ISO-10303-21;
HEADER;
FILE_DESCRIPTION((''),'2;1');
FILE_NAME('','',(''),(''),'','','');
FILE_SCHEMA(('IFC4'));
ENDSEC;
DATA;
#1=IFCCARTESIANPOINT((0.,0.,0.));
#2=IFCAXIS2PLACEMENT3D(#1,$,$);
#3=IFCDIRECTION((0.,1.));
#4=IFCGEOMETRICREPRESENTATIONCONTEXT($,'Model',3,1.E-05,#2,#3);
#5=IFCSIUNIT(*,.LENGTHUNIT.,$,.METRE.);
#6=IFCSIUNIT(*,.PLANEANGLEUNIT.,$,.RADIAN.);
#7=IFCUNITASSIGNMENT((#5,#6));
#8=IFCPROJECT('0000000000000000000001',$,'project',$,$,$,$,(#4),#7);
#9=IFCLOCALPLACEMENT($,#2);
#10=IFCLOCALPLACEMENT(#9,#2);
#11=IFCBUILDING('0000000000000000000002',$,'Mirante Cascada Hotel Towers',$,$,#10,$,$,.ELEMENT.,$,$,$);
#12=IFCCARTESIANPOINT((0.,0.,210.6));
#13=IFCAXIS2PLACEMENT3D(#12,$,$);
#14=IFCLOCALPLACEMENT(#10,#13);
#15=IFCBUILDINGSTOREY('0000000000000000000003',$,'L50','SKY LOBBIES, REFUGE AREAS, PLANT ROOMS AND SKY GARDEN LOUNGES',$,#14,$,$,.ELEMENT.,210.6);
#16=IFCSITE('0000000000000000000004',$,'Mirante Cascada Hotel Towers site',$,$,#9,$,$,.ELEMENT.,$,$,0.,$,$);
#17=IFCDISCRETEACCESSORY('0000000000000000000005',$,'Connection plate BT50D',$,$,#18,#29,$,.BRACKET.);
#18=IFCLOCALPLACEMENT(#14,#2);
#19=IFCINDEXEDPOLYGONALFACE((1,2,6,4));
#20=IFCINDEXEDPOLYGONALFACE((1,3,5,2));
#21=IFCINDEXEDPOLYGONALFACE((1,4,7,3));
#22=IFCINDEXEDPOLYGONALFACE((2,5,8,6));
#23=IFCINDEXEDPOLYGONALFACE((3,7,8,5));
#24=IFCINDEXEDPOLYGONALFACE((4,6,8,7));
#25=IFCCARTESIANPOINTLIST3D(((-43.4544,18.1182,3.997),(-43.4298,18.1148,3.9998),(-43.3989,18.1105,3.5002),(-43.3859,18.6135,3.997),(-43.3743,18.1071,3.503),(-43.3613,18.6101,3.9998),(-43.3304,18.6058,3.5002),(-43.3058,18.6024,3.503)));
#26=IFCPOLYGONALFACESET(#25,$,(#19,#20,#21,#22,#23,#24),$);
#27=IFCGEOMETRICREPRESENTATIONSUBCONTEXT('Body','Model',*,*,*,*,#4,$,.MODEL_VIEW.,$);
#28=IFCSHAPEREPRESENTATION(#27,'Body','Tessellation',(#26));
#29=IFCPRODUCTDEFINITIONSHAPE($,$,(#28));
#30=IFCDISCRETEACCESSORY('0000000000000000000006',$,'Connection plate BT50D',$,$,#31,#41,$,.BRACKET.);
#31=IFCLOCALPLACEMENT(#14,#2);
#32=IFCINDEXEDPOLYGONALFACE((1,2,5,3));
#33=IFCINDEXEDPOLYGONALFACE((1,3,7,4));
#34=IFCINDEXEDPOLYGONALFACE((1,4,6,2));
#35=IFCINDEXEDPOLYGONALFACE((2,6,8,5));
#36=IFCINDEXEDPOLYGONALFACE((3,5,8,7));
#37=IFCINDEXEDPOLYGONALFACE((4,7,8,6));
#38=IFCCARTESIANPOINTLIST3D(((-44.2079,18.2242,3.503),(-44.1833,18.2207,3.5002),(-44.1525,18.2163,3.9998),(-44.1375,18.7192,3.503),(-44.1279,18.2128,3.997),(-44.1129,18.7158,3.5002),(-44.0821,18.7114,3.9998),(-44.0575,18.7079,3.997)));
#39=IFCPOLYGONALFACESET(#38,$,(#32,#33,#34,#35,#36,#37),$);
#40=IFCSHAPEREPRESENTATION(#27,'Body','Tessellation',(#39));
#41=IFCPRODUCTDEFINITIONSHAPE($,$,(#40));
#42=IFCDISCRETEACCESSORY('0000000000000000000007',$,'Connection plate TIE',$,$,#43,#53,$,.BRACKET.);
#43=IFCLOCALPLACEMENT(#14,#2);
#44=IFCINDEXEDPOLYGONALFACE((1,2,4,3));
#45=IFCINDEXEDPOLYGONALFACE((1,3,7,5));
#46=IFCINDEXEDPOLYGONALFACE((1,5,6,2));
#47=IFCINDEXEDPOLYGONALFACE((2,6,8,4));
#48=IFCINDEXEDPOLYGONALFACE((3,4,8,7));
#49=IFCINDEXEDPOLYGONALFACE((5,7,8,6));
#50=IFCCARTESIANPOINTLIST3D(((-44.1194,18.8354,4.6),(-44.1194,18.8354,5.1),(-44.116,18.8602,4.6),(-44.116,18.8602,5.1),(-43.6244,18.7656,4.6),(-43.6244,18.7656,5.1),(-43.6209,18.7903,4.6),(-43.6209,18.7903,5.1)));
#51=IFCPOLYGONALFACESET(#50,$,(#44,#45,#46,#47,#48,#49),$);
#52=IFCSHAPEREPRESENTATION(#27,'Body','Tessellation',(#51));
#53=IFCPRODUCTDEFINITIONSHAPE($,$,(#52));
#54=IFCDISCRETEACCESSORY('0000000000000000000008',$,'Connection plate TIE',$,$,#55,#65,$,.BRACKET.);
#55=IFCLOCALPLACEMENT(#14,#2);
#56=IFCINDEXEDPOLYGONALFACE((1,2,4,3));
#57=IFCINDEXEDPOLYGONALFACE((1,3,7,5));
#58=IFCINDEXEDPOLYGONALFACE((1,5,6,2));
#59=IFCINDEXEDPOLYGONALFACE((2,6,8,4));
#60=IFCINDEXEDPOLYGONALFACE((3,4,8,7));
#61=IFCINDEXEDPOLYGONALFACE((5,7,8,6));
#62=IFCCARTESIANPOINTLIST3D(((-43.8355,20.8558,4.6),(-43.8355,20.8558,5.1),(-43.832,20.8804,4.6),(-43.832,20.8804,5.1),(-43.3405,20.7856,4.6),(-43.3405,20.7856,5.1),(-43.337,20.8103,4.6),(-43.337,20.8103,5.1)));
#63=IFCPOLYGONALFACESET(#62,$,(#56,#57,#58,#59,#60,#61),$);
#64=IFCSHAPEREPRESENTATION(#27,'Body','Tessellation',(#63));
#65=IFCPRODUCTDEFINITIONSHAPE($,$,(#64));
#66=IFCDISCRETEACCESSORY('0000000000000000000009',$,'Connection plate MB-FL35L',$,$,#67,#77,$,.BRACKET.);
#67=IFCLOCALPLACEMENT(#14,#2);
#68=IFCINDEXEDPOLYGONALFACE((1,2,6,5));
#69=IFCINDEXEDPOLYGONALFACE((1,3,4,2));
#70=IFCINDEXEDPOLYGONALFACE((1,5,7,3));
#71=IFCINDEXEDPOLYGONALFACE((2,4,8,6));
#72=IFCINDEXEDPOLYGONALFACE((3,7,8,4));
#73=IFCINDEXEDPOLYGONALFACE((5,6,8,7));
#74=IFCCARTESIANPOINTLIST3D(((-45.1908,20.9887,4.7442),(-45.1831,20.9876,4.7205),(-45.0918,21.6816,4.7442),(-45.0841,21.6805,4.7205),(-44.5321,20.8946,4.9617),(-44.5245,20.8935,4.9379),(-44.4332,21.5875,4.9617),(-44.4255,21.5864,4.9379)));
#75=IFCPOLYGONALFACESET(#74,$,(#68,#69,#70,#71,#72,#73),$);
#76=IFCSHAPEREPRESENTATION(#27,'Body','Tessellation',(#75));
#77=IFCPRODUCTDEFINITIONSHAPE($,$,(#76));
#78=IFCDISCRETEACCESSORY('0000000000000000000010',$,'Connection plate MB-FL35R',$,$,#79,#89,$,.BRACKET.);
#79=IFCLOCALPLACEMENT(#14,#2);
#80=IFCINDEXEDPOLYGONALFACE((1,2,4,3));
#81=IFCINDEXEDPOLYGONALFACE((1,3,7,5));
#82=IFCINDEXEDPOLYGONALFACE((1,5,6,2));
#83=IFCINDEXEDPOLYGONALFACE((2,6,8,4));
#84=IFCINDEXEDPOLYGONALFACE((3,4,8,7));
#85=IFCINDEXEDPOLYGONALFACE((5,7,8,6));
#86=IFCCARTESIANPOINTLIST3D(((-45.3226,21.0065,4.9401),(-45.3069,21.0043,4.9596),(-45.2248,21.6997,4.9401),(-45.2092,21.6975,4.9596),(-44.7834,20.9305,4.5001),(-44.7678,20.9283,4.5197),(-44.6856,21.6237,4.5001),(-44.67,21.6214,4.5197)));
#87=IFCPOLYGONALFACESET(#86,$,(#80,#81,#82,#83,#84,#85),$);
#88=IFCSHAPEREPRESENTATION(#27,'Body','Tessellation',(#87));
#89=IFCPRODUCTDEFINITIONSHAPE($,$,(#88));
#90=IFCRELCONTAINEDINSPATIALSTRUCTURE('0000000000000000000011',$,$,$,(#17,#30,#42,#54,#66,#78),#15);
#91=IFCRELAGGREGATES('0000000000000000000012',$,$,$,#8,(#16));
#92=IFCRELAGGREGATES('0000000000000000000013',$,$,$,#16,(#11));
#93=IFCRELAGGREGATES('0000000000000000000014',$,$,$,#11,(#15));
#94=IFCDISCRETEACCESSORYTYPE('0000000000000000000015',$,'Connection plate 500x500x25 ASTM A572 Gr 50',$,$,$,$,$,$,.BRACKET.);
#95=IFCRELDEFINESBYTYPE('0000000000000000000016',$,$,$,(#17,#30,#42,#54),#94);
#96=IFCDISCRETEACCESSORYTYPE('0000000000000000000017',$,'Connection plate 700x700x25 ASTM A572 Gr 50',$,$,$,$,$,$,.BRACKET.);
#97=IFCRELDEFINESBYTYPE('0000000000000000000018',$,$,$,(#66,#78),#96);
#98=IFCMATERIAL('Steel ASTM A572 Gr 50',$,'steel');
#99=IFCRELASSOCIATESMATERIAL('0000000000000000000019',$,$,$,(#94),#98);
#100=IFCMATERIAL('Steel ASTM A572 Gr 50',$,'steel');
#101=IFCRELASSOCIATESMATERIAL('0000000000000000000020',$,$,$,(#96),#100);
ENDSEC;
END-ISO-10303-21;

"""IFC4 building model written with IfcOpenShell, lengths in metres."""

from ifc_helpers import new_model, si_unit, direction, frame, origin, origin_2d, place, context, subcontext, project, spatial, rectangle, extrude, material, material_profile, profile_set, type_object, element, save


model = new_model("IFC4")

# Units and contexts
model_context = context("Model", 3, precision=1e-05, world=origin(), true_north=direction((0.0, 1.0)))
body_context = subcontext(model_context, "Body", "Model", "MODEL_VIEW")
ifc_project = project(units=[si_unit("LENGTHUNIT", "METRE"), si_unit("PLANEANGLEUNIT", "RADIAN")], contexts=[model_context])

# Site, building, storey
site_placement = place(None, origin())
site = spatial("IfcSite", under=ifc_project, at=site_placement, Name="Mirante Cascada Hotel Towers site", CompositionType="ELEMENT", RefElevation=0.0)
building_placement = place(site_placement, origin())
building = spatial("IfcBuilding", under=site, at=building_placement, Name="Mirante Cascada Hotel Towers", CompositionType="ELEMENT")
storey_placement = place(building_placement, frame((0.0, 0.0, 210.6)))
storey = spatial("IfcBuildingStorey", under=building, at=storey_placement, Name="L50", Description="SKY LOBBIES, REFUGE AREAS, PLANT ROOMS AND SKY GARDEN LOUNGES", CompositionType="ELEMENT", Elevation=210.6)

# Discrete accessories
ifc_material_1 = material(Name="Steel ASTM A572 Gr 50", Category="steel")
ifc_material_profile_1 = material_profile(ifc_material_1, rectangle(XDim=0.5, YDim=0.5, at=origin_2d()), Name="Connection plate 500x500x25 ASTM A572 Gr 50")
ifc_profile_set_1 = profile_set([ifc_material_profile_1], Name="Steel ASTM A572 Gr 50")
discrete_accessory_type_1 = type_object("IfcDiscreteAccessoryType", Name="Connection plate 500x500x25 ASTM A572 Gr 50", PredefinedType="BRACKET", material=ifc_profile_set_1)
for number, where, z_axis, x_axis, name in (
    (1, (-43.3678, 18.3586, 3.7514), (-0.984347, 0.136048, -0.112039), (-0.13691, -0.990583, 0.0), "Connection plate BT50D"),
    (2, (-44.1204, 18.4643, 3.7486), (-0.983803, 0.139972, 0.111978), (-0.140858, -0.99003, 0.0), "Connection plate BT50D"),
    (3, (-43.8719, 18.8005, 4.85), (0.139744, 0.990188, 0.0), (-0.990188, 0.139744, 0.0), "Connection plate TIE"),
):
    element("IfcDiscreteAccessory", number, at=place(storey_placement, frame(where, z_axis=z_axis, x_axis=x_axis)), inside=storey, type_object=discrete_accessory_type_1, Name=name, PredefinedType="BRACKET", context=body_context, shape_type="SweptSolid", body=[
        extrude(rectangle(XDim=0.5, YDim=0.5, at=origin_2d()), origin(), (0.0, 0.0, 1.0), 0.025),
    ])
discrete_accessory_1_placement = place(storey_placement, frame((-43.588, 20.8207, 4.85), z_axis=(0.140299, 0.990109, 0.0), x_axis=(-0.990109, 0.140299, 0.0)))
element("IfcDiscreteAccessory", 4, at=discrete_accessory_1_placement, inside=storey, type_object=discrete_accessory_type_1, Name="Connection plate TIE", PredefinedType="BRACKET", context=body_context, shape_type="SweptSolid", body=[
    extrude(rectangle(XDim=0.5, YDim=0.5, at=origin_2d()), origin(), (0.0, 0.0, 1.0), 0.0249),
])
ifc_material_2 = material(Name="Steel ASTM A572 Gr 50", Category="steel")
ifc_material_profile_2 = material_profile(ifc_material_2, rectangle(XDim=0.7, YDim=0.7, at=origin_2d()), Name="Connection plate 700x700x25 ASTM A572 Gr 50")
ifc_profile_set_2 = profile_set([ifc_material_profile_2], Name="Steel ASTM A572 Gr 50")
discrete_accessory_type_2 = type_object("IfcDiscreteAccessoryType", Name="Connection plate 700x700x25 ASTM A572 Gr 50", PredefinedType="BRACKET", material=ifc_profile_set_2)
discrete_accessory_2_placement = place(storey_placement, frame((-44.8043, 21.287, 4.8292), z_axis=(-0.307523, 0.043932, 0.950526), x_axis=(-0.141421, -0.98995, 0.0)))
element("IfcDiscreteAccessory", 5, at=discrete_accessory_2_placement, inside=storey, type_object=discrete_accessory_type_2, Name="Connection plate MB-FL35L", PredefinedType="BRACKET", context=body_context, shape_type="SweptSolid", body=[
    extrude(rectangle(XDim=0.7, YDim=0.7, at=origin_2d()), origin(), (0.0, 0.0, 1.0), 0.025),
])
discrete_accessory_3_placement = place(storey_placement, frame((-45.0041, 21.3151, 4.7201), z_axis=(0.622285, -0.087758, 0.777856), x_axis=(0.139644, 0.990202, 0.0)))
element("IfcDiscreteAccessory", 6, at=discrete_accessory_3_placement, inside=storey, type_object=discrete_accessory_type_2, Name="Connection plate MB-FL35R", PredefinedType="BRACKET", context=body_context, shape_type="SweptSolid", body=[
    extrude(rectangle(XDim=0.7, YDim=0.7, at=origin_2d()), origin(), (0.0, 0.0, 1.0), 0.0251),
])

save(model, "model.ifc")
